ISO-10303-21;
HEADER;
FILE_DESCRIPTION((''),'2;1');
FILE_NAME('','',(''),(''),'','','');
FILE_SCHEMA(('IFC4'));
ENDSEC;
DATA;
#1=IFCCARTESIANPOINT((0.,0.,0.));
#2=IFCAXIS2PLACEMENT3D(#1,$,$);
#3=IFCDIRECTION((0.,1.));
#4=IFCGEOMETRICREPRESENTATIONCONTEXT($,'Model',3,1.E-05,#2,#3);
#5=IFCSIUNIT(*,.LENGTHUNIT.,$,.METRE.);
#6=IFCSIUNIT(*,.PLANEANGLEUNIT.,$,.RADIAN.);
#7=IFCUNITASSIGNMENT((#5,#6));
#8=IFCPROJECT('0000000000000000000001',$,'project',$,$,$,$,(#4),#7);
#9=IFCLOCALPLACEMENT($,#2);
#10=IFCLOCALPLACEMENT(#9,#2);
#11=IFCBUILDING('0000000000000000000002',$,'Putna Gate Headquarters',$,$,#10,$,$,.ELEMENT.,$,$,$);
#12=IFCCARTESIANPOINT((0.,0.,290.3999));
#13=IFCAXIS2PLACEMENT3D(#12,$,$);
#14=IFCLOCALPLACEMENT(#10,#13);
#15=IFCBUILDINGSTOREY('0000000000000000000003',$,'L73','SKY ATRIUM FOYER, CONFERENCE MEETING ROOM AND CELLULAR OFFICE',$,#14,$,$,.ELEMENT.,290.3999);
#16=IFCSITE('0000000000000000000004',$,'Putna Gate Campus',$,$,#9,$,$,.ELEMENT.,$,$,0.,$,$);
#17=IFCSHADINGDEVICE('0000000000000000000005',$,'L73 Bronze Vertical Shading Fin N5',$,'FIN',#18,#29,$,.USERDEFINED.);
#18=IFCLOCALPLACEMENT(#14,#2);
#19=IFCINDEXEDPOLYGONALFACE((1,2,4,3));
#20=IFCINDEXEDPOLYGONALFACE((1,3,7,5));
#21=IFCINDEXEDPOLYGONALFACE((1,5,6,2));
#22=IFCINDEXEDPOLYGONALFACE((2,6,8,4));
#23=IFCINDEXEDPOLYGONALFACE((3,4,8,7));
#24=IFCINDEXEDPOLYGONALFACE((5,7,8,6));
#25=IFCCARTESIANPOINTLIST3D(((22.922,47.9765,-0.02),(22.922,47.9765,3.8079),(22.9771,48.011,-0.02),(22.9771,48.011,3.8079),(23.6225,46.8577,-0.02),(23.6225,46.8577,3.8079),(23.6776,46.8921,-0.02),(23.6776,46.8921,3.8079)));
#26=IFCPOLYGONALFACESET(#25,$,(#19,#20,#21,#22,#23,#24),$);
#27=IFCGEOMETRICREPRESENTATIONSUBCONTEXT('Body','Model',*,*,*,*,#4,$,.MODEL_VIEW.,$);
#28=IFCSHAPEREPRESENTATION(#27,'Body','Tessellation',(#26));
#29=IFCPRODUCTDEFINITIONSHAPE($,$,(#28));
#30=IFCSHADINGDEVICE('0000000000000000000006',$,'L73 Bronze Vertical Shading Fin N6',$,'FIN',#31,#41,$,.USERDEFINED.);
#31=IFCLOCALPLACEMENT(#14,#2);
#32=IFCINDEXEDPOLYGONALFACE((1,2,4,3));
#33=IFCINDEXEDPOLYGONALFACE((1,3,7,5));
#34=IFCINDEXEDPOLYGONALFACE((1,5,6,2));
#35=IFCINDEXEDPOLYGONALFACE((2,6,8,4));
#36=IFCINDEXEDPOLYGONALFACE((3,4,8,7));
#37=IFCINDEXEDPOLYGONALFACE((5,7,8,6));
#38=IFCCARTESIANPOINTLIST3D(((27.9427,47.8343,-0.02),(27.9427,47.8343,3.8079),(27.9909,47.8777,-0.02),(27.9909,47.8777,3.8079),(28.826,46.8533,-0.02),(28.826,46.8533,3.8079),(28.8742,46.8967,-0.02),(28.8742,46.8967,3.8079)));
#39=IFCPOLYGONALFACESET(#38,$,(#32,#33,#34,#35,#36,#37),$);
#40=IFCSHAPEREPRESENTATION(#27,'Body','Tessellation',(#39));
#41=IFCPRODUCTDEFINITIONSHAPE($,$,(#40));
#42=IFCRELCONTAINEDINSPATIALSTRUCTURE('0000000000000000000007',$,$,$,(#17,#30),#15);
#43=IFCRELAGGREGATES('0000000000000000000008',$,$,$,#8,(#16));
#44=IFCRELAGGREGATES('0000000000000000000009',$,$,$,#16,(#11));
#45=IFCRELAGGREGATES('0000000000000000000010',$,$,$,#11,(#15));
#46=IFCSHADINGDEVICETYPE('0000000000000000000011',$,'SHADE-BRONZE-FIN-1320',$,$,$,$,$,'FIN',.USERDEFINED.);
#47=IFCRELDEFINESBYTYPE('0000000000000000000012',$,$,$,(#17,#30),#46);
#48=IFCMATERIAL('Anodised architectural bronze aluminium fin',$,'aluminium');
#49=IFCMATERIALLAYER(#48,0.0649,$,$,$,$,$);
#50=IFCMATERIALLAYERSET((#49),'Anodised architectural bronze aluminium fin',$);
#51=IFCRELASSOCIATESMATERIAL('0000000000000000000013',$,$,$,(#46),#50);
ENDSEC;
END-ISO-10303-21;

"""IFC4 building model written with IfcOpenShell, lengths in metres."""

from ifc_helpers import new_model, si_unit, direction, frame, origin, origin_2d, place, context, subcontext, project, spatial, rectangle, extrude, material, layer, layer_set, type_object, element, save


model = new_model("IFC4")

# Units and contexts
model_context = context("Model", 3, precision=1e-05, world=origin(), true_north=direction((0.0, 1.0)))
body_context = subcontext(model_context, "Body", "Model", "MODEL_VIEW")
ifc_project = project(units=[si_unit("LENGTHUNIT", "METRE"), si_unit("PLANEANGLEUNIT", "RADIAN")], contexts=[model_context])

# Site, building, storey
site_placement = place(None, origin())
site = spatial("IfcSite", under=ifc_project, at=site_placement, Name="Putna Gate Campus", CompositionType="ELEMENT", RefElevation=0.0)
building_placement = place(site_placement, origin())
building = spatial("IfcBuilding", under=site, at=building_placement, Name="Putna Gate Headquarters", CompositionType="ELEMENT")
storey_placement = place(building_placement, frame((0.0, 0.0, 290.3999)))
storey = spatial("IfcBuildingStorey", under=building, at=storey_placement, Name="L73", Description="SKY ATRIUM FOYER, CONFERENCE MEETING ROOM AND CELLULAR OFFICE", CompositionType="ELEMENT", Elevation=290.3999)

# Shading devices
ifc_material_1 = material(Name="Anodised architectural bronze aluminium fin", Category="aluminium")
ifc_layer_1 = layer(ifc_material_1, 0.0649)
ifc_layer_set_1 = layer_set([ifc_layer_1], Name="Anodised architectural bronze aluminium fin")
shading_device_type = type_object("IfcShadingDeviceType", Name="SHADE-BRONZE-FIN-1320", ElementType="FIN", PredefinedType="USERDEFINED", material=ifc_layer_set_1)
for number, where, z_axis, x_axis, name in (
    (1, (23.2998, 47.4343, -0.02), (0.0, 0.0, 1.0), (-0.530659, 0.847585, 0.0), "L73 Bronze Vertical Shading Fin N5"),
    (2, (28.4084, 47.3655, -0.02), (0.0, 0.0, 1.0), (-0.669131, 0.743145, 0.0), "L73 Bronze Vertical Shading Fin N6"),
):
    element("IfcShadingDevice", number, at=place(storey_placement, frame(where, z_axis=z_axis, x_axis=x_axis)), inside=storey, type_object=shading_device_type, Name=name, ObjectType="FIN", PredefinedType="USERDEFINED", context=body_context, shape_type="SweptSolid", body=[
        extrude(rectangle(XDim=1.3201, YDim=0.0649, at=origin_2d()), origin(), (0.0, 0.0, 1.0), 3.8279),
    ])

save(model, "model.ifc")
